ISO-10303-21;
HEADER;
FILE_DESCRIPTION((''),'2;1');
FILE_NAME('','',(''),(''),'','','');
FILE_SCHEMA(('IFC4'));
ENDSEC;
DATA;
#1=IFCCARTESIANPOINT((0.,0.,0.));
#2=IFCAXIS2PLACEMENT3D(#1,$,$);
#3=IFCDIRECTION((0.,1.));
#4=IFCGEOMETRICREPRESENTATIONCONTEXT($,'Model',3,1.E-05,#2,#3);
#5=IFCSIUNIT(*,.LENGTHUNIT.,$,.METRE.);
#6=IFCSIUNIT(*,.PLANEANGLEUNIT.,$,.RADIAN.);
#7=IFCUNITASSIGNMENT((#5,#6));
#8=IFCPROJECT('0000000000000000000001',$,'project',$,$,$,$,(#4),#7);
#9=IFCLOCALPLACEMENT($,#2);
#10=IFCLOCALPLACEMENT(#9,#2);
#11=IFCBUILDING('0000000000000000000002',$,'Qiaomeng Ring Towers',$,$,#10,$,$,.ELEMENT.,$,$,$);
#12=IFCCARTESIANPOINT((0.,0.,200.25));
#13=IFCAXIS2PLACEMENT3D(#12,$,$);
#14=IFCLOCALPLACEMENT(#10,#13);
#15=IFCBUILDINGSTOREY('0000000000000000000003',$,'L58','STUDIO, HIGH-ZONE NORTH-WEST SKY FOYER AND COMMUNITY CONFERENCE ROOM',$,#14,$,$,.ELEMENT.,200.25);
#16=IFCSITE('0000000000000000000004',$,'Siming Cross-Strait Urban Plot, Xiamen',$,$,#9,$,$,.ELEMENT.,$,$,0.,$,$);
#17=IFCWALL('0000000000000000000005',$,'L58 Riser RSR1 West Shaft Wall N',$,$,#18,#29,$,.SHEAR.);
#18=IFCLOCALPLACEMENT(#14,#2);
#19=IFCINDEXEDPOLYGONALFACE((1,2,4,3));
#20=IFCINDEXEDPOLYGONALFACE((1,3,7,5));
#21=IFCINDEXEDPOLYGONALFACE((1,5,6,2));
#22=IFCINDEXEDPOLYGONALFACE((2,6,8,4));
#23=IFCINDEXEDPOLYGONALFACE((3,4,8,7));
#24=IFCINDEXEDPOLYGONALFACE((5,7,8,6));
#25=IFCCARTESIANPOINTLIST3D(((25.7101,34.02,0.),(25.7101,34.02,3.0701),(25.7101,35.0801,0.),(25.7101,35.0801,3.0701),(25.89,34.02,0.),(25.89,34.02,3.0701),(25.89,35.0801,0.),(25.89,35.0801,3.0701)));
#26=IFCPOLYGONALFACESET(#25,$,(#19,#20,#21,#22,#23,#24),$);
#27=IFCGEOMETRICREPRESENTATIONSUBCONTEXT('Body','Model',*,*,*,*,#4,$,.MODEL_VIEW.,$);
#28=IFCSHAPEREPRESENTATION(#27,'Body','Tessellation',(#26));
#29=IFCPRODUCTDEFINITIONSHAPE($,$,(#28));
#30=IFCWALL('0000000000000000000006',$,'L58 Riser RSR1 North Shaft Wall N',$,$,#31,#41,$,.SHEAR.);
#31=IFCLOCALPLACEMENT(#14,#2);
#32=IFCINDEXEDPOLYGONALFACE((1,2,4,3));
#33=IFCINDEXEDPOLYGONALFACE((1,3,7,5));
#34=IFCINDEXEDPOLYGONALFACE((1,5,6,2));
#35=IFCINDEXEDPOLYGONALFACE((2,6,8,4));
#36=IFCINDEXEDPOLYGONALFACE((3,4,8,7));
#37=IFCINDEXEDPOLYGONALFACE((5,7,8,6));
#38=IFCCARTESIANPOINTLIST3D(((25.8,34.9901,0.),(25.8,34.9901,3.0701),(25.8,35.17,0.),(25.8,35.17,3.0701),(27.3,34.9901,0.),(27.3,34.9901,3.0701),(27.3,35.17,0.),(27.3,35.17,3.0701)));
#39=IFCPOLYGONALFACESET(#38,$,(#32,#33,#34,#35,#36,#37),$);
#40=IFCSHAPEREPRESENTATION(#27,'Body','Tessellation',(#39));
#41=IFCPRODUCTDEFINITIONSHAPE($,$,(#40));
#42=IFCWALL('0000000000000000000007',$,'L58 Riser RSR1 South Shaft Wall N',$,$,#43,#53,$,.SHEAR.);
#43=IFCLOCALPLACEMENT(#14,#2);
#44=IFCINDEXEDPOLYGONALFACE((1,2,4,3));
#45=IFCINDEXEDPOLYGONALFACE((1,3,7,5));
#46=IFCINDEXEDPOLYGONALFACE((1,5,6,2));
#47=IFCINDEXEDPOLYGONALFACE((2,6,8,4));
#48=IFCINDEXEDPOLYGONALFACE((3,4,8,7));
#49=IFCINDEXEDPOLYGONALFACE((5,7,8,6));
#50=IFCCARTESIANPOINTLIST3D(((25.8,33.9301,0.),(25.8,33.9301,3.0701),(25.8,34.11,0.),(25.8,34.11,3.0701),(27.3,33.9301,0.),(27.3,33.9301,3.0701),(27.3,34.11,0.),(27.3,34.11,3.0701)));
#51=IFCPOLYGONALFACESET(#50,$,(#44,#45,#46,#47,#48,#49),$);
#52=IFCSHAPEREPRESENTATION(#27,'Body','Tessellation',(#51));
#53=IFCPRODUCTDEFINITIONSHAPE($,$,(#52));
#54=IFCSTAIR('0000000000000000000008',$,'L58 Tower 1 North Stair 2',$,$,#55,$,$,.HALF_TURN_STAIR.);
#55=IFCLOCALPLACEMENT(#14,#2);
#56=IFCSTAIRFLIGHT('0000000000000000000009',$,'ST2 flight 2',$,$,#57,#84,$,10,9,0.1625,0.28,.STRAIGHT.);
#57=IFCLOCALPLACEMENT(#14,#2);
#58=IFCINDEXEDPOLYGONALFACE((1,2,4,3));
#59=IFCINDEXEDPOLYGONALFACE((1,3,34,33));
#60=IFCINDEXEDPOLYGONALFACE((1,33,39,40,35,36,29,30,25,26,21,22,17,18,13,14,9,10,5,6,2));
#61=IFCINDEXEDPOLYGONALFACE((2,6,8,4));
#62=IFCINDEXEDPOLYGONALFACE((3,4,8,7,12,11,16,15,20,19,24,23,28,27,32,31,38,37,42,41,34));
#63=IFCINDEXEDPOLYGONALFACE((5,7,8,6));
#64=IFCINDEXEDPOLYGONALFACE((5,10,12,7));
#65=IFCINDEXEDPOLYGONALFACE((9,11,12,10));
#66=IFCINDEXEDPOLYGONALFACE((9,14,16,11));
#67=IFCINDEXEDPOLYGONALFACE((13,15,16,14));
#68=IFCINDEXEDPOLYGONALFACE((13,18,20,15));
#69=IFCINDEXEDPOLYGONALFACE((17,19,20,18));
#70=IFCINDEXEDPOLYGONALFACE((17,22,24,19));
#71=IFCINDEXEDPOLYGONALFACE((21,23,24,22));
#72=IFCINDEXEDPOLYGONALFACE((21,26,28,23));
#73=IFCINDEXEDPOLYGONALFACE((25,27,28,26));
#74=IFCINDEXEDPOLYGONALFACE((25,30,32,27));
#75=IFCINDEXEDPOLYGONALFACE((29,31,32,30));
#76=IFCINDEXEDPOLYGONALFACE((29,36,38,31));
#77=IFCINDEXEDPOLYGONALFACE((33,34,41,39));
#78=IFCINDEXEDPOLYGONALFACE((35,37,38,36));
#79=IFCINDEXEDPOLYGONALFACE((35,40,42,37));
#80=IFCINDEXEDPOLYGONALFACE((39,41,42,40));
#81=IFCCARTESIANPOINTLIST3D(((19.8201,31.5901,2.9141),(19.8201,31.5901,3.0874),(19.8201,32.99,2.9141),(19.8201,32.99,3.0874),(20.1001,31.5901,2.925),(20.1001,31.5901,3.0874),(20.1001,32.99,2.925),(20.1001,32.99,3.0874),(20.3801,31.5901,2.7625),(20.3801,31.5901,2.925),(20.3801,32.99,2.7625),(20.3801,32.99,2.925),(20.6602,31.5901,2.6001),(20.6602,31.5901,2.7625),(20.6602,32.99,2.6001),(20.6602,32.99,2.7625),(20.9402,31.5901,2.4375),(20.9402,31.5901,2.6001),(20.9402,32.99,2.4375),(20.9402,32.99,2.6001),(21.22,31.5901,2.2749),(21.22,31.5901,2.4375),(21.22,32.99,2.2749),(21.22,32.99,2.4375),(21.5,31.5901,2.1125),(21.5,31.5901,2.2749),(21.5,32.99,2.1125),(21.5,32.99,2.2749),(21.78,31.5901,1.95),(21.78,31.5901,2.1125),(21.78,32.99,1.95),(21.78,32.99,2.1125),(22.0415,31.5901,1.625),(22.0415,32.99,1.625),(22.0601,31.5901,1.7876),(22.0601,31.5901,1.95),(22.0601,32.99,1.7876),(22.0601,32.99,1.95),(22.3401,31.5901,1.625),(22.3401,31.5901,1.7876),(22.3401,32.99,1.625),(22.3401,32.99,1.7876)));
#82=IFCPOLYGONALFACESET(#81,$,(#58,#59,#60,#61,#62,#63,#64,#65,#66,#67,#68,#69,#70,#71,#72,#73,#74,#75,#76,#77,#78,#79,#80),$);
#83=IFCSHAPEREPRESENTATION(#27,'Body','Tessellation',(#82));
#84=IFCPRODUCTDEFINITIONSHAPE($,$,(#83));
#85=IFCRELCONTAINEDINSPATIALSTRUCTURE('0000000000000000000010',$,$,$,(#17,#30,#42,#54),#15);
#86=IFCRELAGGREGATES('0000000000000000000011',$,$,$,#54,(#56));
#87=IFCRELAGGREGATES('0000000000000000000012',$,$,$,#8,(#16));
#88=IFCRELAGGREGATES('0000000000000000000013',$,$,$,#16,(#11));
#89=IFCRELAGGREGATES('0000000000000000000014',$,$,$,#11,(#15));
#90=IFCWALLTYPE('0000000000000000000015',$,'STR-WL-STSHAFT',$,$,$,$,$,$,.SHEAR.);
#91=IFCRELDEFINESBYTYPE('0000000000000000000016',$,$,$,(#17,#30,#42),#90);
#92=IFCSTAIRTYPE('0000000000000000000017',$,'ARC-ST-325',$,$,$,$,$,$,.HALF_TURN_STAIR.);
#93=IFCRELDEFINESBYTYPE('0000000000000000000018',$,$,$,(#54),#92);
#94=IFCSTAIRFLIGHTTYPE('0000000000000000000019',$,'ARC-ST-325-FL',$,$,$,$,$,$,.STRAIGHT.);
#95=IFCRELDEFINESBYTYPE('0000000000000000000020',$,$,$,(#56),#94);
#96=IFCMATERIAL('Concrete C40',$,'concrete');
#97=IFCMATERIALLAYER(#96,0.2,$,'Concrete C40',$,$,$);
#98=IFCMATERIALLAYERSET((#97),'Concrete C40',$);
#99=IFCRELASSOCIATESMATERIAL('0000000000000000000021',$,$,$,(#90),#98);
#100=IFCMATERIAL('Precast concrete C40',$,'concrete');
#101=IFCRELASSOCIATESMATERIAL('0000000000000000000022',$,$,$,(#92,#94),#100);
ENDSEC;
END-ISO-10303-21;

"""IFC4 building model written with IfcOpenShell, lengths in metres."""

from ifc_helpers import new_model, si_unit, direction, frame, frame_2d, origin, place, context, subcontext, project, spatial, polyline, rectangle, outline, extrude, source, transform, mapped, material, layer, layer_set, type_object, element, aggregate, save


model = new_model("IFC4")

# Units and contexts
model_context = context("Model", 3, precision=1e-05, world=origin(), true_north=direction((0.0, 1.0)))
body_context = subcontext(model_context, "Body", "Model", "MODEL_VIEW")
ifc_project = project(units=[si_unit("LENGTHUNIT", "METRE"), si_unit("PLANEANGLEUNIT", "RADIAN")], contexts=[model_context])

# Site, building, storey
site_placement = place(None, origin())
site = spatial("IfcSite", under=ifc_project, at=site_placement, Name="Siming Cross-Strait Urban Plot, Xiamen", CompositionType="ELEMENT", RefElevation=0.0)
building_placement = place(site_placement, origin())
building = spatial("IfcBuilding", under=site, at=building_placement, Name="Qiaomeng Ring Towers", CompositionType="ELEMENT")
storey_placement = place(building_placement, frame((0.0, 0.0, 200.25)))
storey = spatial("IfcBuildingStorey", under=building, at=storey_placement, Name="L58", Description="STUDIO, HIGH-ZONE NORTH-WEST SKY FOYER AND COMMUNITY CONFERENCE ROOM", CompositionType="ELEMENT", Elevation=200.25)

# Shared definitions
ifc_material_1 = material(Name="Concrete C40", Category="concrete")

# Walls
ifc_layer_1 = layer(ifc_material_1, 0.2, Name="Concrete C40")
ifc_layer_set_1 = layer_set([ifc_layer_1], Name="Concrete C40")
wall_type_1 = type_object("IfcWallType", Name="STR-WL-STSHAFT", PredefinedType="SHEAR", material=ifc_layer_set_1)
wall_1_placement = place(storey_placement, frame((25.8, 34.02, 0.0), z_axis=(0.0, 0.0, 1.0), x_axis=(0.0, 1.0, 0.0)))
element("IfcWall", 1, at=wall_1_placement, inside=storey, type_object=wall_type_1, Name="L58 Riser RSR1 West Shaft Wall N", PredefinedType="SHEAR", context=body_context, shape_type="SweptSolid", body=[
    extrude(rectangle(XDim=1.0601, YDim=0.1799, at=frame_2d((0.53, 0.0))), origin(), (0.0, 0.0, 1.0), 3.0701),
])
for number, where, z_axis, x_axis, name in (
    (2, (25.8, 35.0801, 0.0), (0.0, 0.0, 1.0), (1.0, 0.0, 0.0), "L58 Riser RSR1 North Shaft Wall N"),
    (3, (25.8, 34.02, 0.0), (0.0, 0.0, 1.0), (1.0, 0.0, 0.0), "L58 Riser RSR1 South Shaft Wall N"),
):
    element("IfcWall", number, at=place(storey_placement, frame(where, z_axis=z_axis, x_axis=x_axis)), inside=storey, type_object=wall_type_1, Name=name, PredefinedType="SHEAR", context=body_context, shape_type="SweptSolid", body=[
        extrude(rectangle(XDim=1.5, YDim=0.1799, at=frame_2d((0.75, 0.0))), origin(), (0.0, 0.0, 1.0), 3.0701),
    ])

# Stair, stair flight
ifc_material_2 = material(Name="Precast concrete C40", Category="concrete")
stair_type = type_object("IfcStairType", Name="ARC-ST-325", PredefinedType="HALF_TURN_STAIR", material=ifc_material_2)
stair_placement = place(storey_placement, origin())
stair = element("IfcStair", 4, at=stair_placement, inside=storey, type_object=stair_type, Name="L58 Tower 1 North Stair 2", PredefinedType="HALF_TURN_STAIR")
stair_flight_type = type_object("IfcStairFlightType", Name="ARC-ST-325-FL", PredefinedType="STRAIGHT", material=ifc_material_2)
shared_shape_1 = source(origin(), body_context, "Body", "SweptSolid", [
    extrude(outline(polyline([(0.0, 0.0), (0.0, 0.1626), (0.28, 0.1626), (0.28, 0.325), (0.5601, 0.325), (0.5601, 0.4875), (0.8401, 0.4875), (0.8401, 0.6499), (1.1201, 0.6499), (1.1201, 0.8125), (1.3999, 0.8125), (1.3999, 0.9751), (1.6799, 0.9751), (1.6799, 1.1375), (1.96, 1.1375), (1.96, 1.3), (2.24, 1.3), (2.24, 1.4624), (2.52, 1.4624), (2.52, 1.625), (2.52, 1.2891), (0.2986, 0.0), (0.0, 0.0)])), frame((0.0, 0.7, 0.0), z_axis=(0.0, -1.0, 0.0), x_axis=(1.0, 0.0, 0.0)), (0.0, 0.0, 1.0), 1.3999),
])
stair_flight_placement = place(storey_placement, frame((22.3401, 32.29, 1.625), z_axis=(0.0, 0.0, 1.0), x_axis=(-1.0, 0.0, 0.0)))
stair_flight = element("IfcStairFlight", 5, at=stair_flight_placement, type_object=stair_flight_type, Name="ST2 flight 2", NumberOfRisers=10, NumberOfTreads=9, PredefinedType="STRAIGHT", RiserHeight=0.1625, TreadLength=0.28, context=body_context, shape_type="MappedRepresentation", body=[
    mapped(shared_shape_1, transform((0.0, 0.0, 0.0), x_axis=(1.0, 0.0, 0.0), y_axis=(0.0, 1.0, 0.0), z_axis=(0.0, 0.0, 1.0), scale=1.0)),
])
aggregate(stair, [stair_flight])

save(model, "model.ifc")
